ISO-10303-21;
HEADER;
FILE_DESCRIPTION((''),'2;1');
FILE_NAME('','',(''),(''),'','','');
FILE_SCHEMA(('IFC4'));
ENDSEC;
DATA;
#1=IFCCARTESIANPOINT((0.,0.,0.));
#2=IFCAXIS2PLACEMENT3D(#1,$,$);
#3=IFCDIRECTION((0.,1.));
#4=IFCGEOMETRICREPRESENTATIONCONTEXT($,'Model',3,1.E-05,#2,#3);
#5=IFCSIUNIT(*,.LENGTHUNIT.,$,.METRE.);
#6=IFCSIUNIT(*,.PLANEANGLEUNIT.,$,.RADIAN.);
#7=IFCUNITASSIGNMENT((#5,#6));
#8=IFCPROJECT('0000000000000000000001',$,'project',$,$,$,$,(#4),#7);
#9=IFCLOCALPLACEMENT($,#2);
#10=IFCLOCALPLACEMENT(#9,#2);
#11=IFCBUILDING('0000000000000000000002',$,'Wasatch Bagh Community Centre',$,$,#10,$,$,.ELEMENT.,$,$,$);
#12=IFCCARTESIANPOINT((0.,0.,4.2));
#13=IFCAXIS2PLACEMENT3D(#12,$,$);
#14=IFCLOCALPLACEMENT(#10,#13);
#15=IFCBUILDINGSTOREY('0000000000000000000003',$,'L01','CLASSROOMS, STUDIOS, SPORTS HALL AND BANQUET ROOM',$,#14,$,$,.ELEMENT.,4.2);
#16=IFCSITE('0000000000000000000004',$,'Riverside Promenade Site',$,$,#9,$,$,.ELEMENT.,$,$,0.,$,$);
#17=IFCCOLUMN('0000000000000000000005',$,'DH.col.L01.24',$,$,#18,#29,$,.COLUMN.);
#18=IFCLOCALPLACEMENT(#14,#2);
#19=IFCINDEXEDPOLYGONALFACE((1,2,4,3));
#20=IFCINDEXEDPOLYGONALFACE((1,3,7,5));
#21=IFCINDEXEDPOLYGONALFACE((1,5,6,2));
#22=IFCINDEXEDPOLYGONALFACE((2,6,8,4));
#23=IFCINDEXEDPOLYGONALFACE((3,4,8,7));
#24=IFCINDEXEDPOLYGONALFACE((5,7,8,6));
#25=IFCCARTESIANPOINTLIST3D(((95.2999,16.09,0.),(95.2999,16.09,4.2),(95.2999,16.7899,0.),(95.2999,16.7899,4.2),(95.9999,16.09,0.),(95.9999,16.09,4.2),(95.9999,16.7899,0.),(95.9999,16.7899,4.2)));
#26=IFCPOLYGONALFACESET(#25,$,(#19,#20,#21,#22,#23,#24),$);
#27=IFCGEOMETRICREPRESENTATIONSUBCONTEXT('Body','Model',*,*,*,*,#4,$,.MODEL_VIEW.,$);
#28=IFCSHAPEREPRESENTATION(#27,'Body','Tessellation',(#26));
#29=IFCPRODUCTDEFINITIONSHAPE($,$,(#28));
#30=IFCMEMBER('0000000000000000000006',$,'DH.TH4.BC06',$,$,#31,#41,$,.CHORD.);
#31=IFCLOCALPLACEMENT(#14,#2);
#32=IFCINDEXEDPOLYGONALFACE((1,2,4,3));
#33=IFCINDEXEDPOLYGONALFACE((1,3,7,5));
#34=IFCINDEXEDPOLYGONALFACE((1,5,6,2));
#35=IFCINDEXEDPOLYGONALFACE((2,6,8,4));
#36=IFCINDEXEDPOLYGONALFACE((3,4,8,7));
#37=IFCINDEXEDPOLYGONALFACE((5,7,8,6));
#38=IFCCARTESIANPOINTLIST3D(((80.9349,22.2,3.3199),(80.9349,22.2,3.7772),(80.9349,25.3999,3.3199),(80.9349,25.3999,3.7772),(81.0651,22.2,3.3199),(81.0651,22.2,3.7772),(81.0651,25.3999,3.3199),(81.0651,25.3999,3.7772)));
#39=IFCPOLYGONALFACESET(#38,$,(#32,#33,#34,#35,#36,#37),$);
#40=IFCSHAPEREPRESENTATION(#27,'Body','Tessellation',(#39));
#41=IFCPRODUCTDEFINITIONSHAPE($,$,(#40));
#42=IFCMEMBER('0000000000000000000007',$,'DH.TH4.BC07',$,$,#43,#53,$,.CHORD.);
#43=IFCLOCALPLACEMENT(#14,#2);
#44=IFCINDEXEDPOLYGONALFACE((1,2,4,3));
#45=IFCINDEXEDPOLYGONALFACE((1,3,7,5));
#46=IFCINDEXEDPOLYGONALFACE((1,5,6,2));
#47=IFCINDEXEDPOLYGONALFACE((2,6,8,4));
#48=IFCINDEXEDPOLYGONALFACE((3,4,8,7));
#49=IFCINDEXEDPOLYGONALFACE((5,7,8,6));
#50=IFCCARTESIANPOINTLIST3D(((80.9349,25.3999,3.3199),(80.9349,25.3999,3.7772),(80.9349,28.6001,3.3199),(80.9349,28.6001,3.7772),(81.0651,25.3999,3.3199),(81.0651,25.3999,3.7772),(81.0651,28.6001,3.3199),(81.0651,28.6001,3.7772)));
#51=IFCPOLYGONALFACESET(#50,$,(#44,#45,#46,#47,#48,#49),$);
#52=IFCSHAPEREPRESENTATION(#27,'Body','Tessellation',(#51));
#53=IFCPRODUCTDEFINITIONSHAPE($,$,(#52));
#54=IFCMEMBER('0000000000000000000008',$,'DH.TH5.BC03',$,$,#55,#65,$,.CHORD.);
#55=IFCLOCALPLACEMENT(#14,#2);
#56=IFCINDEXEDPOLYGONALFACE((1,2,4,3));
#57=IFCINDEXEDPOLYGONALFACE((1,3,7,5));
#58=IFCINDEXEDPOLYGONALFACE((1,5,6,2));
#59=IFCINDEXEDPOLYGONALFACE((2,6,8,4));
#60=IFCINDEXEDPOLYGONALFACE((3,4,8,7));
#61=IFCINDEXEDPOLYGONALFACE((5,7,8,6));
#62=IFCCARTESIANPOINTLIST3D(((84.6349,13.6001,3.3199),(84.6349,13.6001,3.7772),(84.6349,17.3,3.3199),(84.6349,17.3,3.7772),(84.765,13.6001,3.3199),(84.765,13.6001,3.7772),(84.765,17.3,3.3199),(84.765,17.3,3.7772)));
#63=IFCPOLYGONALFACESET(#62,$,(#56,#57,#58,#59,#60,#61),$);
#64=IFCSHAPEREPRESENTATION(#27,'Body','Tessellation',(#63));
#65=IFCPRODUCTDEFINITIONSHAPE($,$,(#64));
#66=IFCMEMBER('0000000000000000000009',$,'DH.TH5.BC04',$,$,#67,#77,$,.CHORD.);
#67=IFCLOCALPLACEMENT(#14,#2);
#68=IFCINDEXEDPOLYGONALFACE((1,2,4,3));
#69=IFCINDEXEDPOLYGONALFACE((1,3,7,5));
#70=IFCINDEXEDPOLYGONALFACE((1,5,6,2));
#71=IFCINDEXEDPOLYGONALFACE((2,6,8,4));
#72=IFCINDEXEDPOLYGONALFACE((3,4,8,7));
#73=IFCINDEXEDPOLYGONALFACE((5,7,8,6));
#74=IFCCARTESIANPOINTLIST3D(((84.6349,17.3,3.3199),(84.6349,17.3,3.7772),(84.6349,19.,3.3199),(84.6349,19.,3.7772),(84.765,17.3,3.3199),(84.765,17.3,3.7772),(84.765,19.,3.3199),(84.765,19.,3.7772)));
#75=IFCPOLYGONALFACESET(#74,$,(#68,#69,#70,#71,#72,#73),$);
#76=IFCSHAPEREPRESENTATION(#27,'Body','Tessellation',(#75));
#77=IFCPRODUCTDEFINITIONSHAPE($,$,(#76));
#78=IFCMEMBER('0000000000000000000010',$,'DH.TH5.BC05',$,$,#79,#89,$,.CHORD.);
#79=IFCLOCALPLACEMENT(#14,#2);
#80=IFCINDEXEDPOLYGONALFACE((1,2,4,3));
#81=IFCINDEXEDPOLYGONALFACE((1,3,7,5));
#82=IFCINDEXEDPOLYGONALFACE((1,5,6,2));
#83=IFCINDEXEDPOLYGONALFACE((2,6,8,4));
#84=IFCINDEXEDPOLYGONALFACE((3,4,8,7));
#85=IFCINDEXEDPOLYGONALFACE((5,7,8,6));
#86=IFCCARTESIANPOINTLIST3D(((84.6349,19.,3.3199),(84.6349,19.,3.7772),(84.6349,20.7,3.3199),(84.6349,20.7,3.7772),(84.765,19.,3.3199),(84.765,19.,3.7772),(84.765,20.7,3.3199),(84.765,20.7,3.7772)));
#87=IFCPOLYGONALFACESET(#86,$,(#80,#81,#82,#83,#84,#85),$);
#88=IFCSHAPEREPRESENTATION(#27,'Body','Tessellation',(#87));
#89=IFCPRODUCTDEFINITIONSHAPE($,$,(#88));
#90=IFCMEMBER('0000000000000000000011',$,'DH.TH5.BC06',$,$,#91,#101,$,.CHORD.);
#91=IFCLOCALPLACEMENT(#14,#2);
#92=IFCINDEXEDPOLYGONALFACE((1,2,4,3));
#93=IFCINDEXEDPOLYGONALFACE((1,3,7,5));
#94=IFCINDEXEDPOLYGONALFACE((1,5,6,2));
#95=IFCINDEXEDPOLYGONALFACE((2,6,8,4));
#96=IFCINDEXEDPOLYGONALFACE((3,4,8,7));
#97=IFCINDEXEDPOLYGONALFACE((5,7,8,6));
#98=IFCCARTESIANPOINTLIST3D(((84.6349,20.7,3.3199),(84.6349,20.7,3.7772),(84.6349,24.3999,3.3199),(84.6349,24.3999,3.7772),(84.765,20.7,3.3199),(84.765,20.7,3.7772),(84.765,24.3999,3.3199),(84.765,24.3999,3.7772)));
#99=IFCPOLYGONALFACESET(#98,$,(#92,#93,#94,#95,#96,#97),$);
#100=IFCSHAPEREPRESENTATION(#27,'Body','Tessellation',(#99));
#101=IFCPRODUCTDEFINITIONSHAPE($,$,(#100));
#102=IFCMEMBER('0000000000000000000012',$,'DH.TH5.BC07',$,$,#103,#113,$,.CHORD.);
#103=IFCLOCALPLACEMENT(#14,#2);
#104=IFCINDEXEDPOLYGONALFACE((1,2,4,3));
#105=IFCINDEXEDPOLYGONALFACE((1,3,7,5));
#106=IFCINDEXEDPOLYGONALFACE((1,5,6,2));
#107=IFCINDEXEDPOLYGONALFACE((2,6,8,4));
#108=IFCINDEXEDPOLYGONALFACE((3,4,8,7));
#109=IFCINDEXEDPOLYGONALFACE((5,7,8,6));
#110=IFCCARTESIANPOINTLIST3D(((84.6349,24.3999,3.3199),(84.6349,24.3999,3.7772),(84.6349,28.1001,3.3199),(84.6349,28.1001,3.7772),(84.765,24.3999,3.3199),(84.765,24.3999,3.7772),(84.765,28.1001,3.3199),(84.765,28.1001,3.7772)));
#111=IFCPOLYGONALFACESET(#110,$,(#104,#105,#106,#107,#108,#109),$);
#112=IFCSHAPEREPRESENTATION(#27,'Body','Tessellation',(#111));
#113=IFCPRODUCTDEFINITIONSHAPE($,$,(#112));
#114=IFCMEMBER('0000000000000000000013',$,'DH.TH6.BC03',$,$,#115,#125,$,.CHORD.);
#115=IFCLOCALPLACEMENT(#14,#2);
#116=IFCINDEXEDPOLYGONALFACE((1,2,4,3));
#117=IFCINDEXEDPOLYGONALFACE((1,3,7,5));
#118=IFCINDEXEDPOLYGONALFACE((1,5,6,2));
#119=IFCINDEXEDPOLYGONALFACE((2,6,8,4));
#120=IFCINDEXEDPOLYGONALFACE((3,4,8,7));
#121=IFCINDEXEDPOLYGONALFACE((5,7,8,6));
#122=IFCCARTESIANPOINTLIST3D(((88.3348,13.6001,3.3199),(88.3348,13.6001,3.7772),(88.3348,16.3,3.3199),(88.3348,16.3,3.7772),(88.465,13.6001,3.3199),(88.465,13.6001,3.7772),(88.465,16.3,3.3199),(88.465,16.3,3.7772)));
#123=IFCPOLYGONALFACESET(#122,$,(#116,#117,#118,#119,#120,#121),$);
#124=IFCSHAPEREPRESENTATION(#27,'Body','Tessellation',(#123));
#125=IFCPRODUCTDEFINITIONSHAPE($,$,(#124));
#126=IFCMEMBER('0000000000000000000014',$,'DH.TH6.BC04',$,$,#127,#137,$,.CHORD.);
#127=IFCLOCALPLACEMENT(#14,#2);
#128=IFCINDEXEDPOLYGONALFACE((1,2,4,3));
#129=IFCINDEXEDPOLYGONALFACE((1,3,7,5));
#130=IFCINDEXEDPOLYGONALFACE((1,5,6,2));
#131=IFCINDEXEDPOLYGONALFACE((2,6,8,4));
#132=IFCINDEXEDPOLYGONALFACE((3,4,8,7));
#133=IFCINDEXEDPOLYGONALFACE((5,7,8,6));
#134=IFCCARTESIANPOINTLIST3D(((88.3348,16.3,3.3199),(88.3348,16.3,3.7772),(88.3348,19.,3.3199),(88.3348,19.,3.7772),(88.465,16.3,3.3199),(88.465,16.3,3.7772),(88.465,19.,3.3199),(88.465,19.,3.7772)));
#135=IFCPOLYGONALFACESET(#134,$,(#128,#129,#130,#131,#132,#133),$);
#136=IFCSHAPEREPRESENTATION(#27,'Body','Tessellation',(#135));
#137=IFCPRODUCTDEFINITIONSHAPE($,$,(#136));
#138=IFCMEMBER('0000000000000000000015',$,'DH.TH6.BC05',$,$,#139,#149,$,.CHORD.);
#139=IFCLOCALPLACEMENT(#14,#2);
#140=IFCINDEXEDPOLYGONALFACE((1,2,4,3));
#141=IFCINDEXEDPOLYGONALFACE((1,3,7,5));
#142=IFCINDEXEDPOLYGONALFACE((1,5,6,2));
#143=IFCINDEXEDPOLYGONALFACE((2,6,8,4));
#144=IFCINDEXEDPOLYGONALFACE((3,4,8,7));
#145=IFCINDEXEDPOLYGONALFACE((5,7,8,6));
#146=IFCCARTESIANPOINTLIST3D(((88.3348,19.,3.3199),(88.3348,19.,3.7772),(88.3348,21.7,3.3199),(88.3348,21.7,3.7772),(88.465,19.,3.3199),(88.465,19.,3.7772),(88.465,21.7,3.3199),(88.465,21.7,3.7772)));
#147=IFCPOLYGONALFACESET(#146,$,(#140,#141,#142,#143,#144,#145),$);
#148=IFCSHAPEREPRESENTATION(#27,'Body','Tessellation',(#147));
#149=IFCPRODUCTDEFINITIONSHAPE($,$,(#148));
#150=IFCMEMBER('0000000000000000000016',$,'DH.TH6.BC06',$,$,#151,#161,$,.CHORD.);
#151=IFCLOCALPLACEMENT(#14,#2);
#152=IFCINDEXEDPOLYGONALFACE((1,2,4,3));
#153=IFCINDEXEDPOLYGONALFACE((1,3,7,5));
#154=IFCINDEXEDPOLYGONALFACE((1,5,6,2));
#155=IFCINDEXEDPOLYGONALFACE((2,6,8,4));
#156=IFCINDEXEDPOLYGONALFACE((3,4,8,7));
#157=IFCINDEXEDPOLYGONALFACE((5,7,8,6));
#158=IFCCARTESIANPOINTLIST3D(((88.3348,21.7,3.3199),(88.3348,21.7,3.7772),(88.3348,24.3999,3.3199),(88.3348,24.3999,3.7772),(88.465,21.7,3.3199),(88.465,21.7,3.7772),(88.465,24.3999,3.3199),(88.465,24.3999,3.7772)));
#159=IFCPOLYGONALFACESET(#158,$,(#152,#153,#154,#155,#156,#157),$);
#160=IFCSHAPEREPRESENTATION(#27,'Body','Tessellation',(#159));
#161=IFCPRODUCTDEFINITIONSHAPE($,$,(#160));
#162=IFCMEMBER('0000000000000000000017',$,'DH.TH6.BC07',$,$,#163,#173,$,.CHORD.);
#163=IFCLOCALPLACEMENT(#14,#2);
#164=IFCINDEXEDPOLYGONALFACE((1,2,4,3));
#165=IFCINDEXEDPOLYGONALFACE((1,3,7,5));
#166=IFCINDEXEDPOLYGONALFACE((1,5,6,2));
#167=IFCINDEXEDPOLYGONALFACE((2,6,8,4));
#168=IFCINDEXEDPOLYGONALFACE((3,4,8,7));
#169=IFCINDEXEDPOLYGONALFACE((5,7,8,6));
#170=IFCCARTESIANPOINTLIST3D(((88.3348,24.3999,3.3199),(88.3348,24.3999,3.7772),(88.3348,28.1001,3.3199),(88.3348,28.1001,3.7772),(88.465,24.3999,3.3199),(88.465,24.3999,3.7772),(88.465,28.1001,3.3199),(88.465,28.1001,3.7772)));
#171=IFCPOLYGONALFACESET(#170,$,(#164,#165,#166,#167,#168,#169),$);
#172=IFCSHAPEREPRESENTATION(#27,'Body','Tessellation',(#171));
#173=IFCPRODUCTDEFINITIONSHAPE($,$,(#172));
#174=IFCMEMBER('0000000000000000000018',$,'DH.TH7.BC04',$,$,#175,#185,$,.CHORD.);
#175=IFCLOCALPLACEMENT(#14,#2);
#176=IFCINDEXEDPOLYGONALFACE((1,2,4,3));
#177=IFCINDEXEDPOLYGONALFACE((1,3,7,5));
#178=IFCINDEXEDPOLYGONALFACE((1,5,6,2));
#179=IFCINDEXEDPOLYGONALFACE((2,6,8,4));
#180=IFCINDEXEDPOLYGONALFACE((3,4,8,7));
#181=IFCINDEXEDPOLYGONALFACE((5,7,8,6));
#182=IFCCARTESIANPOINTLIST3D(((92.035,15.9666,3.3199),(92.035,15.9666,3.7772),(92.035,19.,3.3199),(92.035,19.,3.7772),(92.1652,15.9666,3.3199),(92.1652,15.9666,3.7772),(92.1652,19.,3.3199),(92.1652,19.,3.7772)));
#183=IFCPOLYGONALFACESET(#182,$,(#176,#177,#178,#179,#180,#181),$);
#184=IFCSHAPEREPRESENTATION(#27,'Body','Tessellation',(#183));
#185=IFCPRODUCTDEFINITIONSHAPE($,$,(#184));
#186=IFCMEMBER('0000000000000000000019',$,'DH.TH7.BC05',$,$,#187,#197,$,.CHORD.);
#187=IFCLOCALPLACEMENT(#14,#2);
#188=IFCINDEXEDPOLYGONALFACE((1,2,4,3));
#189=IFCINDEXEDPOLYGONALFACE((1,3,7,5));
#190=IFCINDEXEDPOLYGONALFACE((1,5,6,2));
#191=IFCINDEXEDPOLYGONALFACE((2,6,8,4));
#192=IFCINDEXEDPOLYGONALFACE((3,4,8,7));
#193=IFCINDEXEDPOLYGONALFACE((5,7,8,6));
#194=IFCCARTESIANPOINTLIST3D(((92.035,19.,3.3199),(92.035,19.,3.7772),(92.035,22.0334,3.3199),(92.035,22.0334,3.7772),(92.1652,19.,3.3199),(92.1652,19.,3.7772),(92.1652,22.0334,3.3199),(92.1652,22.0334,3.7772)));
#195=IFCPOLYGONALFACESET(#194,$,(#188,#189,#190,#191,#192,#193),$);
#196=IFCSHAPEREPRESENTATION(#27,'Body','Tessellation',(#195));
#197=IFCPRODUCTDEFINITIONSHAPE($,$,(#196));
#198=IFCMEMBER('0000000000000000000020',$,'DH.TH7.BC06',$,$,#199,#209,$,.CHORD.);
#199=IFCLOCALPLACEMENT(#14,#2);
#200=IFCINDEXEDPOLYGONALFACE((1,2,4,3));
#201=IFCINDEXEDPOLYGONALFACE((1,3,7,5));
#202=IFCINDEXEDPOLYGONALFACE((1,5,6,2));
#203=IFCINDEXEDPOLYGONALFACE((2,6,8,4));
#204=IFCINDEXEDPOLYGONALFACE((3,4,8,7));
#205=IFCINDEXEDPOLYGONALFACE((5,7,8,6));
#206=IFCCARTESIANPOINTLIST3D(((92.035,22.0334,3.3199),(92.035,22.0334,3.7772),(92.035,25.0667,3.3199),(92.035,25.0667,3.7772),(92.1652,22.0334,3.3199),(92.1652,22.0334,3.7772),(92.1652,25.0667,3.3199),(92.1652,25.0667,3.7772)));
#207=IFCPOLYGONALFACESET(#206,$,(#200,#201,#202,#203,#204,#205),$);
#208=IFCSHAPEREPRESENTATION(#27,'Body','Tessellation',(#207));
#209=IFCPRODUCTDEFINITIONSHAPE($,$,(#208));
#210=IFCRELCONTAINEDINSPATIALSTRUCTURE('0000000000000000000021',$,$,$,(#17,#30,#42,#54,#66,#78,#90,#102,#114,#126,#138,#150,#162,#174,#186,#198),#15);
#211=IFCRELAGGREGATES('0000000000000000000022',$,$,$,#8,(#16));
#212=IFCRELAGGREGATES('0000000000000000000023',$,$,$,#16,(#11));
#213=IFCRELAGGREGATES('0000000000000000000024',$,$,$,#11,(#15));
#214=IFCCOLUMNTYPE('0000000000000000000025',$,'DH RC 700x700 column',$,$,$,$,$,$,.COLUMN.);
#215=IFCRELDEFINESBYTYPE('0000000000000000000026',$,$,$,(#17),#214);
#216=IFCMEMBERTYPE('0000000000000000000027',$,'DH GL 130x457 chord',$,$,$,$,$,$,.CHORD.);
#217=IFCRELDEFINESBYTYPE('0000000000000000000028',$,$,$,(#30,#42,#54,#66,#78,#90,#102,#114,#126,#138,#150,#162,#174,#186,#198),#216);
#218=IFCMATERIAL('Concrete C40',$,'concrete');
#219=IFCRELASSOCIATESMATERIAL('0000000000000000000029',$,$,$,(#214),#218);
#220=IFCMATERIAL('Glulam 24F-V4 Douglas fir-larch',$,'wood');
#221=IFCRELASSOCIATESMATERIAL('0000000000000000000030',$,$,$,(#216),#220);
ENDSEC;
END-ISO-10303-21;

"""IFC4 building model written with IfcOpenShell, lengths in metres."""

from ifc_helpers import new_model, si_unit, direction, frame, origin, origin_2d, place, context, subcontext, project, spatial, rectangle, extrude, material, material_profile, profile_set, type_object, element, save


model = new_model("IFC4")

# Units and contexts
model_context = context("Model", 3, precision=1e-05, world=origin(), true_north=direction((0.0, 1.0)))
body_context = subcontext(model_context, "Body", "Model", "MODEL_VIEW")
ifc_project = project(units=[si_unit("LENGTHUNIT", "METRE"), si_unit("PLANEANGLEUNIT", "RADIAN")], contexts=[model_context])

# Site, building, storey
site_placement = place(None, origin())
site = spatial("IfcSite", under=ifc_project, at=site_placement, Name="Riverside Promenade Site", CompositionType="ELEMENT", RefElevation=0.0)
building_placement = place(site_placement, origin())
building = spatial("IfcBuilding", under=site, at=building_placement, Name="Wasatch Bagh Community Centre", CompositionType="ELEMENT")
storey_placement = place(building_placement, frame((0.0, 0.0, 4.2)))
storey = spatial("IfcBuildingStorey", under=building, at=storey_placement, Name="L01", Description="CLASSROOMS, STUDIOS, SPORTS HALL AND BANQUET ROOM", CompositionType="ELEMENT", Elevation=4.2)

# Column
ifc_material_1 = material(Name="Concrete C40", Category="concrete")
ifc_material_profile_1 = material_profile(ifc_material_1, rectangle(XDim=0.7, YDim=0.7, at=origin_2d()), Name="RC 700x700")
ifc_profile_set_1 = profile_set([ifc_material_profile_1], Name="Concrete C40")
column_type = type_object("IfcColumnType", Name="DH RC 700x700 column", PredefinedType="COLUMN", material=ifc_profile_set_1)
column_placement = place(storey_placement, frame((95.6499, 16.4399, 0.0), z_axis=(0.0, 0.0, 1.0), x_axis=(1.0, 0.0, 0.0)))
element("IfcColumn", 1, at=column_placement, inside=storey, type_object=column_type, Name="DH.col.L01.24", PredefinedType="COLUMN", context=body_context, shape_type="SweptSolid", body=[
    extrude(rectangle(XDim=0.7, YDim=0.7, at=origin_2d()), origin(), (0.0, 0.0, 1.0), 4.2),
])

# Members
ifc_material_2 = material(Name="Glulam 24F-V4 Douglas fir-larch", Category="wood")
ifc_material_profile_2 = material_profile(ifc_material_2, rectangle(XDim=0.1301, YDim=0.4573, at=origin_2d()), Name="GL 130x457")
ifc_profile_set_2 = profile_set([ifc_material_profile_2], Name="Glulam 24F-V4 Douglas fir-larch")
member_type = type_object("IfcMemberType", Name="DH GL 130x457 chord", PredefinedType="CHORD", material=ifc_profile_set_2)
member_1_placement = place(storey_placement, frame((81.0, 22.2, 3.5486), z_axis=(0.0, 1.0, 0.0), x_axis=(-1.0, 0.0, 0.0)))
element("IfcMember", 2, at=member_1_placement, inside=storey, type_object=member_type, Name="DH.TH4.BC06", PredefinedType="CHORD", context=body_context, shape_type="SweptSolid", body=[
    extrude(rectangle(XDim=0.1301, YDim=0.4573, at=origin_2d()), origin(), (0.0, 0.0, 1.0), 3.2),
])
member_2_placement = place(storey_placement, frame((81.0, 25.3999, 3.5486), z_axis=(0.0, 1.0, 0.0), x_axis=(-1.0, 0.0, 0.0)))
element("IfcMember", 3, at=member_2_placement, inside=storey, type_object=member_type, Name="DH.TH4.BC07", PredefinedType="CHORD", context=body_context, shape_type="SweptSolid", body=[
    extrude(rectangle(XDim=0.1301, YDim=0.4573, at=origin_2d()), origin(), (0.0, 0.0, 1.0), 3.2002),
])
member_3_placement = place(storey_placement, frame((84.7, 13.6001, 3.5486), z_axis=(0.0, 1.0, 0.0), x_axis=(-1.0, 0.0, 0.0)))
element("IfcMember", 4, at=member_3_placement, inside=storey, type_object=member_type, Name="DH.TH5.BC03", PredefinedType="CHORD", context=body_context, shape_type="SweptSolid", body=[
    extrude(rectangle(XDim=0.1301, YDim=0.4573, at=origin_2d()), origin(), (0.0, 0.0, 1.0), 3.7),
])
for number, where, z_axis, x_axis, name in (
    (5, (84.7, 17.3, 3.5486), (0.0, 1.0, 0.0), (-1.0, 0.0, 0.0), "DH.TH5.BC04"),
    (6, (84.7, 19.0, 3.5486), (0.0, 1.0, 0.0), (-1.0, 0.0, 0.0), "DH.TH5.BC05"),
):
    element("IfcMember", number, at=place(storey_placement, frame(where, z_axis=z_axis, x_axis=x_axis)), inside=storey, type_object=member_type, Name=name, PredefinedType="CHORD", context=body_context, shape_type="SweptSolid", body=[
        extrude(rectangle(XDim=0.1301, YDim=0.4573, at=origin_2d()), origin(), (0.0, 0.0, 1.0), 1.7),
    ])
member_4_placement = place(storey_placement, frame((84.7, 20.7, 3.5486), z_axis=(0.0, 1.0, 0.0), x_axis=(-1.0, 0.0, 0.0)))
element("IfcMember", 7, at=member_4_placement, inside=storey, type_object=member_type, Name="DH.TH5.BC06", PredefinedType="CHORD", context=body_context, shape_type="SweptSolid", body=[
    extrude(rectangle(XDim=0.1301, YDim=0.4573, at=origin_2d()), origin(), (0.0, 0.0, 1.0), 3.7),
])
member_5_placement = place(storey_placement, frame((84.7, 24.3999, 3.5486), z_axis=(0.0, 1.0, 0.0), x_axis=(-1.0, 0.0, 0.0)))
element("IfcMember", 8, at=member_5_placement, inside=storey, type_object=member_type, Name="DH.TH5.BC07", PredefinedType="CHORD", context=body_context, shape_type="SweptSolid", body=[
    extrude(rectangle(XDim=0.1301, YDim=0.4573, at=origin_2d()), origin(), (0.0, 0.0, 1.0), 3.7002),
])
for number, where, z_axis, x_axis, name in (
    (9, (88.3999, 13.6001, 3.5486), (0.0, 1.0, 0.0), (-1.0, 0.0, 0.0), "DH.TH6.BC03"),
    (10, (88.3999, 16.3, 3.5486), (0.0, 1.0, 0.0), (-1.0, 0.0, 0.0), "DH.TH6.BC04"),
    (11, (88.3999, 19.0, 3.5486), (0.0, 1.0, 0.0), (-1.0, 0.0, 0.0), "DH.TH6.BC05"),
    (12, (88.3999, 21.7, 3.5486), (0.0, 1.0, 0.0), (-1.0, 0.0, 0.0), "DH.TH6.BC06"),
):
    element("IfcMember", number, at=place(storey_placement, frame(where, z_axis=z_axis, x_axis=x_axis)), inside=storey, type_object=member_type, Name=name, PredefinedType="CHORD", context=body_context, shape_type="SweptSolid", body=[
        extrude(rectangle(XDim=0.1301, YDim=0.4573, at=origin_2d()), origin(), (0.0, 0.0, 1.0), 2.7),
    ])
member_6_placement = place(storey_placement, frame((88.3999, 24.3999, 3.5486), z_axis=(0.0, 1.0, 0.0), x_axis=(-1.0, 0.0, 0.0)))
element("IfcMember", 13, at=member_6_placement, inside=storey, type_object=member_type, Name="DH.TH6.BC07", PredefinedType="CHORD", context=body_context, shape_type="SweptSolid", body=[
    extrude(rectangle(XDim=0.1301, YDim=0.4573, at=origin_2d()), origin(), (0.0, 0.0, 1.0), 3.7002),
])
for number, where, z_axis, x_axis, name in (
    (14, (92.1001, 15.9666, 3.5486), (0.0, 1.0, 0.0), (-1.0, 0.0, 0.0), "DH.TH7.BC04"),
    (15, (92.1001, 19.0, 3.5486), (0.0, 1.0, 0.0), (-1.0, 0.0, 0.0), "DH.TH7.BC05"),
):
    element("IfcMember", number, at=place(storey_placement, frame(where, z_axis=z_axis, x_axis=x_axis)), inside=storey, type_object=member_type, Name=name, PredefinedType="CHORD", context=body_context, shape_type="SweptSolid", body=[
        extrude(rectangle(XDim=0.1301, YDim=0.4573, at=origin_2d()), origin(), (0.0, 0.0, 1.0), 3.0334),
    ])
member_7_placement = place(storey_placement, frame((92.1001, 22.0334, 3.5486), z_axis=(0.0, 1.0, 0.0), x_axis=(-1.0, 0.0, 0.0)))
element("IfcMember", 16, at=member_7_placement, inside=storey, type_object=member_type, Name="DH.TH7.BC06", PredefinedType="CHORD", context=body_context, shape_type="SweptSolid", body=[
    extrude(rectangle(XDim=0.1301, YDim=0.4573, at=origin_2d()), origin(), (0.0, 0.0, 1.0), 3.0332),
])

save(model, "model.ifc")
